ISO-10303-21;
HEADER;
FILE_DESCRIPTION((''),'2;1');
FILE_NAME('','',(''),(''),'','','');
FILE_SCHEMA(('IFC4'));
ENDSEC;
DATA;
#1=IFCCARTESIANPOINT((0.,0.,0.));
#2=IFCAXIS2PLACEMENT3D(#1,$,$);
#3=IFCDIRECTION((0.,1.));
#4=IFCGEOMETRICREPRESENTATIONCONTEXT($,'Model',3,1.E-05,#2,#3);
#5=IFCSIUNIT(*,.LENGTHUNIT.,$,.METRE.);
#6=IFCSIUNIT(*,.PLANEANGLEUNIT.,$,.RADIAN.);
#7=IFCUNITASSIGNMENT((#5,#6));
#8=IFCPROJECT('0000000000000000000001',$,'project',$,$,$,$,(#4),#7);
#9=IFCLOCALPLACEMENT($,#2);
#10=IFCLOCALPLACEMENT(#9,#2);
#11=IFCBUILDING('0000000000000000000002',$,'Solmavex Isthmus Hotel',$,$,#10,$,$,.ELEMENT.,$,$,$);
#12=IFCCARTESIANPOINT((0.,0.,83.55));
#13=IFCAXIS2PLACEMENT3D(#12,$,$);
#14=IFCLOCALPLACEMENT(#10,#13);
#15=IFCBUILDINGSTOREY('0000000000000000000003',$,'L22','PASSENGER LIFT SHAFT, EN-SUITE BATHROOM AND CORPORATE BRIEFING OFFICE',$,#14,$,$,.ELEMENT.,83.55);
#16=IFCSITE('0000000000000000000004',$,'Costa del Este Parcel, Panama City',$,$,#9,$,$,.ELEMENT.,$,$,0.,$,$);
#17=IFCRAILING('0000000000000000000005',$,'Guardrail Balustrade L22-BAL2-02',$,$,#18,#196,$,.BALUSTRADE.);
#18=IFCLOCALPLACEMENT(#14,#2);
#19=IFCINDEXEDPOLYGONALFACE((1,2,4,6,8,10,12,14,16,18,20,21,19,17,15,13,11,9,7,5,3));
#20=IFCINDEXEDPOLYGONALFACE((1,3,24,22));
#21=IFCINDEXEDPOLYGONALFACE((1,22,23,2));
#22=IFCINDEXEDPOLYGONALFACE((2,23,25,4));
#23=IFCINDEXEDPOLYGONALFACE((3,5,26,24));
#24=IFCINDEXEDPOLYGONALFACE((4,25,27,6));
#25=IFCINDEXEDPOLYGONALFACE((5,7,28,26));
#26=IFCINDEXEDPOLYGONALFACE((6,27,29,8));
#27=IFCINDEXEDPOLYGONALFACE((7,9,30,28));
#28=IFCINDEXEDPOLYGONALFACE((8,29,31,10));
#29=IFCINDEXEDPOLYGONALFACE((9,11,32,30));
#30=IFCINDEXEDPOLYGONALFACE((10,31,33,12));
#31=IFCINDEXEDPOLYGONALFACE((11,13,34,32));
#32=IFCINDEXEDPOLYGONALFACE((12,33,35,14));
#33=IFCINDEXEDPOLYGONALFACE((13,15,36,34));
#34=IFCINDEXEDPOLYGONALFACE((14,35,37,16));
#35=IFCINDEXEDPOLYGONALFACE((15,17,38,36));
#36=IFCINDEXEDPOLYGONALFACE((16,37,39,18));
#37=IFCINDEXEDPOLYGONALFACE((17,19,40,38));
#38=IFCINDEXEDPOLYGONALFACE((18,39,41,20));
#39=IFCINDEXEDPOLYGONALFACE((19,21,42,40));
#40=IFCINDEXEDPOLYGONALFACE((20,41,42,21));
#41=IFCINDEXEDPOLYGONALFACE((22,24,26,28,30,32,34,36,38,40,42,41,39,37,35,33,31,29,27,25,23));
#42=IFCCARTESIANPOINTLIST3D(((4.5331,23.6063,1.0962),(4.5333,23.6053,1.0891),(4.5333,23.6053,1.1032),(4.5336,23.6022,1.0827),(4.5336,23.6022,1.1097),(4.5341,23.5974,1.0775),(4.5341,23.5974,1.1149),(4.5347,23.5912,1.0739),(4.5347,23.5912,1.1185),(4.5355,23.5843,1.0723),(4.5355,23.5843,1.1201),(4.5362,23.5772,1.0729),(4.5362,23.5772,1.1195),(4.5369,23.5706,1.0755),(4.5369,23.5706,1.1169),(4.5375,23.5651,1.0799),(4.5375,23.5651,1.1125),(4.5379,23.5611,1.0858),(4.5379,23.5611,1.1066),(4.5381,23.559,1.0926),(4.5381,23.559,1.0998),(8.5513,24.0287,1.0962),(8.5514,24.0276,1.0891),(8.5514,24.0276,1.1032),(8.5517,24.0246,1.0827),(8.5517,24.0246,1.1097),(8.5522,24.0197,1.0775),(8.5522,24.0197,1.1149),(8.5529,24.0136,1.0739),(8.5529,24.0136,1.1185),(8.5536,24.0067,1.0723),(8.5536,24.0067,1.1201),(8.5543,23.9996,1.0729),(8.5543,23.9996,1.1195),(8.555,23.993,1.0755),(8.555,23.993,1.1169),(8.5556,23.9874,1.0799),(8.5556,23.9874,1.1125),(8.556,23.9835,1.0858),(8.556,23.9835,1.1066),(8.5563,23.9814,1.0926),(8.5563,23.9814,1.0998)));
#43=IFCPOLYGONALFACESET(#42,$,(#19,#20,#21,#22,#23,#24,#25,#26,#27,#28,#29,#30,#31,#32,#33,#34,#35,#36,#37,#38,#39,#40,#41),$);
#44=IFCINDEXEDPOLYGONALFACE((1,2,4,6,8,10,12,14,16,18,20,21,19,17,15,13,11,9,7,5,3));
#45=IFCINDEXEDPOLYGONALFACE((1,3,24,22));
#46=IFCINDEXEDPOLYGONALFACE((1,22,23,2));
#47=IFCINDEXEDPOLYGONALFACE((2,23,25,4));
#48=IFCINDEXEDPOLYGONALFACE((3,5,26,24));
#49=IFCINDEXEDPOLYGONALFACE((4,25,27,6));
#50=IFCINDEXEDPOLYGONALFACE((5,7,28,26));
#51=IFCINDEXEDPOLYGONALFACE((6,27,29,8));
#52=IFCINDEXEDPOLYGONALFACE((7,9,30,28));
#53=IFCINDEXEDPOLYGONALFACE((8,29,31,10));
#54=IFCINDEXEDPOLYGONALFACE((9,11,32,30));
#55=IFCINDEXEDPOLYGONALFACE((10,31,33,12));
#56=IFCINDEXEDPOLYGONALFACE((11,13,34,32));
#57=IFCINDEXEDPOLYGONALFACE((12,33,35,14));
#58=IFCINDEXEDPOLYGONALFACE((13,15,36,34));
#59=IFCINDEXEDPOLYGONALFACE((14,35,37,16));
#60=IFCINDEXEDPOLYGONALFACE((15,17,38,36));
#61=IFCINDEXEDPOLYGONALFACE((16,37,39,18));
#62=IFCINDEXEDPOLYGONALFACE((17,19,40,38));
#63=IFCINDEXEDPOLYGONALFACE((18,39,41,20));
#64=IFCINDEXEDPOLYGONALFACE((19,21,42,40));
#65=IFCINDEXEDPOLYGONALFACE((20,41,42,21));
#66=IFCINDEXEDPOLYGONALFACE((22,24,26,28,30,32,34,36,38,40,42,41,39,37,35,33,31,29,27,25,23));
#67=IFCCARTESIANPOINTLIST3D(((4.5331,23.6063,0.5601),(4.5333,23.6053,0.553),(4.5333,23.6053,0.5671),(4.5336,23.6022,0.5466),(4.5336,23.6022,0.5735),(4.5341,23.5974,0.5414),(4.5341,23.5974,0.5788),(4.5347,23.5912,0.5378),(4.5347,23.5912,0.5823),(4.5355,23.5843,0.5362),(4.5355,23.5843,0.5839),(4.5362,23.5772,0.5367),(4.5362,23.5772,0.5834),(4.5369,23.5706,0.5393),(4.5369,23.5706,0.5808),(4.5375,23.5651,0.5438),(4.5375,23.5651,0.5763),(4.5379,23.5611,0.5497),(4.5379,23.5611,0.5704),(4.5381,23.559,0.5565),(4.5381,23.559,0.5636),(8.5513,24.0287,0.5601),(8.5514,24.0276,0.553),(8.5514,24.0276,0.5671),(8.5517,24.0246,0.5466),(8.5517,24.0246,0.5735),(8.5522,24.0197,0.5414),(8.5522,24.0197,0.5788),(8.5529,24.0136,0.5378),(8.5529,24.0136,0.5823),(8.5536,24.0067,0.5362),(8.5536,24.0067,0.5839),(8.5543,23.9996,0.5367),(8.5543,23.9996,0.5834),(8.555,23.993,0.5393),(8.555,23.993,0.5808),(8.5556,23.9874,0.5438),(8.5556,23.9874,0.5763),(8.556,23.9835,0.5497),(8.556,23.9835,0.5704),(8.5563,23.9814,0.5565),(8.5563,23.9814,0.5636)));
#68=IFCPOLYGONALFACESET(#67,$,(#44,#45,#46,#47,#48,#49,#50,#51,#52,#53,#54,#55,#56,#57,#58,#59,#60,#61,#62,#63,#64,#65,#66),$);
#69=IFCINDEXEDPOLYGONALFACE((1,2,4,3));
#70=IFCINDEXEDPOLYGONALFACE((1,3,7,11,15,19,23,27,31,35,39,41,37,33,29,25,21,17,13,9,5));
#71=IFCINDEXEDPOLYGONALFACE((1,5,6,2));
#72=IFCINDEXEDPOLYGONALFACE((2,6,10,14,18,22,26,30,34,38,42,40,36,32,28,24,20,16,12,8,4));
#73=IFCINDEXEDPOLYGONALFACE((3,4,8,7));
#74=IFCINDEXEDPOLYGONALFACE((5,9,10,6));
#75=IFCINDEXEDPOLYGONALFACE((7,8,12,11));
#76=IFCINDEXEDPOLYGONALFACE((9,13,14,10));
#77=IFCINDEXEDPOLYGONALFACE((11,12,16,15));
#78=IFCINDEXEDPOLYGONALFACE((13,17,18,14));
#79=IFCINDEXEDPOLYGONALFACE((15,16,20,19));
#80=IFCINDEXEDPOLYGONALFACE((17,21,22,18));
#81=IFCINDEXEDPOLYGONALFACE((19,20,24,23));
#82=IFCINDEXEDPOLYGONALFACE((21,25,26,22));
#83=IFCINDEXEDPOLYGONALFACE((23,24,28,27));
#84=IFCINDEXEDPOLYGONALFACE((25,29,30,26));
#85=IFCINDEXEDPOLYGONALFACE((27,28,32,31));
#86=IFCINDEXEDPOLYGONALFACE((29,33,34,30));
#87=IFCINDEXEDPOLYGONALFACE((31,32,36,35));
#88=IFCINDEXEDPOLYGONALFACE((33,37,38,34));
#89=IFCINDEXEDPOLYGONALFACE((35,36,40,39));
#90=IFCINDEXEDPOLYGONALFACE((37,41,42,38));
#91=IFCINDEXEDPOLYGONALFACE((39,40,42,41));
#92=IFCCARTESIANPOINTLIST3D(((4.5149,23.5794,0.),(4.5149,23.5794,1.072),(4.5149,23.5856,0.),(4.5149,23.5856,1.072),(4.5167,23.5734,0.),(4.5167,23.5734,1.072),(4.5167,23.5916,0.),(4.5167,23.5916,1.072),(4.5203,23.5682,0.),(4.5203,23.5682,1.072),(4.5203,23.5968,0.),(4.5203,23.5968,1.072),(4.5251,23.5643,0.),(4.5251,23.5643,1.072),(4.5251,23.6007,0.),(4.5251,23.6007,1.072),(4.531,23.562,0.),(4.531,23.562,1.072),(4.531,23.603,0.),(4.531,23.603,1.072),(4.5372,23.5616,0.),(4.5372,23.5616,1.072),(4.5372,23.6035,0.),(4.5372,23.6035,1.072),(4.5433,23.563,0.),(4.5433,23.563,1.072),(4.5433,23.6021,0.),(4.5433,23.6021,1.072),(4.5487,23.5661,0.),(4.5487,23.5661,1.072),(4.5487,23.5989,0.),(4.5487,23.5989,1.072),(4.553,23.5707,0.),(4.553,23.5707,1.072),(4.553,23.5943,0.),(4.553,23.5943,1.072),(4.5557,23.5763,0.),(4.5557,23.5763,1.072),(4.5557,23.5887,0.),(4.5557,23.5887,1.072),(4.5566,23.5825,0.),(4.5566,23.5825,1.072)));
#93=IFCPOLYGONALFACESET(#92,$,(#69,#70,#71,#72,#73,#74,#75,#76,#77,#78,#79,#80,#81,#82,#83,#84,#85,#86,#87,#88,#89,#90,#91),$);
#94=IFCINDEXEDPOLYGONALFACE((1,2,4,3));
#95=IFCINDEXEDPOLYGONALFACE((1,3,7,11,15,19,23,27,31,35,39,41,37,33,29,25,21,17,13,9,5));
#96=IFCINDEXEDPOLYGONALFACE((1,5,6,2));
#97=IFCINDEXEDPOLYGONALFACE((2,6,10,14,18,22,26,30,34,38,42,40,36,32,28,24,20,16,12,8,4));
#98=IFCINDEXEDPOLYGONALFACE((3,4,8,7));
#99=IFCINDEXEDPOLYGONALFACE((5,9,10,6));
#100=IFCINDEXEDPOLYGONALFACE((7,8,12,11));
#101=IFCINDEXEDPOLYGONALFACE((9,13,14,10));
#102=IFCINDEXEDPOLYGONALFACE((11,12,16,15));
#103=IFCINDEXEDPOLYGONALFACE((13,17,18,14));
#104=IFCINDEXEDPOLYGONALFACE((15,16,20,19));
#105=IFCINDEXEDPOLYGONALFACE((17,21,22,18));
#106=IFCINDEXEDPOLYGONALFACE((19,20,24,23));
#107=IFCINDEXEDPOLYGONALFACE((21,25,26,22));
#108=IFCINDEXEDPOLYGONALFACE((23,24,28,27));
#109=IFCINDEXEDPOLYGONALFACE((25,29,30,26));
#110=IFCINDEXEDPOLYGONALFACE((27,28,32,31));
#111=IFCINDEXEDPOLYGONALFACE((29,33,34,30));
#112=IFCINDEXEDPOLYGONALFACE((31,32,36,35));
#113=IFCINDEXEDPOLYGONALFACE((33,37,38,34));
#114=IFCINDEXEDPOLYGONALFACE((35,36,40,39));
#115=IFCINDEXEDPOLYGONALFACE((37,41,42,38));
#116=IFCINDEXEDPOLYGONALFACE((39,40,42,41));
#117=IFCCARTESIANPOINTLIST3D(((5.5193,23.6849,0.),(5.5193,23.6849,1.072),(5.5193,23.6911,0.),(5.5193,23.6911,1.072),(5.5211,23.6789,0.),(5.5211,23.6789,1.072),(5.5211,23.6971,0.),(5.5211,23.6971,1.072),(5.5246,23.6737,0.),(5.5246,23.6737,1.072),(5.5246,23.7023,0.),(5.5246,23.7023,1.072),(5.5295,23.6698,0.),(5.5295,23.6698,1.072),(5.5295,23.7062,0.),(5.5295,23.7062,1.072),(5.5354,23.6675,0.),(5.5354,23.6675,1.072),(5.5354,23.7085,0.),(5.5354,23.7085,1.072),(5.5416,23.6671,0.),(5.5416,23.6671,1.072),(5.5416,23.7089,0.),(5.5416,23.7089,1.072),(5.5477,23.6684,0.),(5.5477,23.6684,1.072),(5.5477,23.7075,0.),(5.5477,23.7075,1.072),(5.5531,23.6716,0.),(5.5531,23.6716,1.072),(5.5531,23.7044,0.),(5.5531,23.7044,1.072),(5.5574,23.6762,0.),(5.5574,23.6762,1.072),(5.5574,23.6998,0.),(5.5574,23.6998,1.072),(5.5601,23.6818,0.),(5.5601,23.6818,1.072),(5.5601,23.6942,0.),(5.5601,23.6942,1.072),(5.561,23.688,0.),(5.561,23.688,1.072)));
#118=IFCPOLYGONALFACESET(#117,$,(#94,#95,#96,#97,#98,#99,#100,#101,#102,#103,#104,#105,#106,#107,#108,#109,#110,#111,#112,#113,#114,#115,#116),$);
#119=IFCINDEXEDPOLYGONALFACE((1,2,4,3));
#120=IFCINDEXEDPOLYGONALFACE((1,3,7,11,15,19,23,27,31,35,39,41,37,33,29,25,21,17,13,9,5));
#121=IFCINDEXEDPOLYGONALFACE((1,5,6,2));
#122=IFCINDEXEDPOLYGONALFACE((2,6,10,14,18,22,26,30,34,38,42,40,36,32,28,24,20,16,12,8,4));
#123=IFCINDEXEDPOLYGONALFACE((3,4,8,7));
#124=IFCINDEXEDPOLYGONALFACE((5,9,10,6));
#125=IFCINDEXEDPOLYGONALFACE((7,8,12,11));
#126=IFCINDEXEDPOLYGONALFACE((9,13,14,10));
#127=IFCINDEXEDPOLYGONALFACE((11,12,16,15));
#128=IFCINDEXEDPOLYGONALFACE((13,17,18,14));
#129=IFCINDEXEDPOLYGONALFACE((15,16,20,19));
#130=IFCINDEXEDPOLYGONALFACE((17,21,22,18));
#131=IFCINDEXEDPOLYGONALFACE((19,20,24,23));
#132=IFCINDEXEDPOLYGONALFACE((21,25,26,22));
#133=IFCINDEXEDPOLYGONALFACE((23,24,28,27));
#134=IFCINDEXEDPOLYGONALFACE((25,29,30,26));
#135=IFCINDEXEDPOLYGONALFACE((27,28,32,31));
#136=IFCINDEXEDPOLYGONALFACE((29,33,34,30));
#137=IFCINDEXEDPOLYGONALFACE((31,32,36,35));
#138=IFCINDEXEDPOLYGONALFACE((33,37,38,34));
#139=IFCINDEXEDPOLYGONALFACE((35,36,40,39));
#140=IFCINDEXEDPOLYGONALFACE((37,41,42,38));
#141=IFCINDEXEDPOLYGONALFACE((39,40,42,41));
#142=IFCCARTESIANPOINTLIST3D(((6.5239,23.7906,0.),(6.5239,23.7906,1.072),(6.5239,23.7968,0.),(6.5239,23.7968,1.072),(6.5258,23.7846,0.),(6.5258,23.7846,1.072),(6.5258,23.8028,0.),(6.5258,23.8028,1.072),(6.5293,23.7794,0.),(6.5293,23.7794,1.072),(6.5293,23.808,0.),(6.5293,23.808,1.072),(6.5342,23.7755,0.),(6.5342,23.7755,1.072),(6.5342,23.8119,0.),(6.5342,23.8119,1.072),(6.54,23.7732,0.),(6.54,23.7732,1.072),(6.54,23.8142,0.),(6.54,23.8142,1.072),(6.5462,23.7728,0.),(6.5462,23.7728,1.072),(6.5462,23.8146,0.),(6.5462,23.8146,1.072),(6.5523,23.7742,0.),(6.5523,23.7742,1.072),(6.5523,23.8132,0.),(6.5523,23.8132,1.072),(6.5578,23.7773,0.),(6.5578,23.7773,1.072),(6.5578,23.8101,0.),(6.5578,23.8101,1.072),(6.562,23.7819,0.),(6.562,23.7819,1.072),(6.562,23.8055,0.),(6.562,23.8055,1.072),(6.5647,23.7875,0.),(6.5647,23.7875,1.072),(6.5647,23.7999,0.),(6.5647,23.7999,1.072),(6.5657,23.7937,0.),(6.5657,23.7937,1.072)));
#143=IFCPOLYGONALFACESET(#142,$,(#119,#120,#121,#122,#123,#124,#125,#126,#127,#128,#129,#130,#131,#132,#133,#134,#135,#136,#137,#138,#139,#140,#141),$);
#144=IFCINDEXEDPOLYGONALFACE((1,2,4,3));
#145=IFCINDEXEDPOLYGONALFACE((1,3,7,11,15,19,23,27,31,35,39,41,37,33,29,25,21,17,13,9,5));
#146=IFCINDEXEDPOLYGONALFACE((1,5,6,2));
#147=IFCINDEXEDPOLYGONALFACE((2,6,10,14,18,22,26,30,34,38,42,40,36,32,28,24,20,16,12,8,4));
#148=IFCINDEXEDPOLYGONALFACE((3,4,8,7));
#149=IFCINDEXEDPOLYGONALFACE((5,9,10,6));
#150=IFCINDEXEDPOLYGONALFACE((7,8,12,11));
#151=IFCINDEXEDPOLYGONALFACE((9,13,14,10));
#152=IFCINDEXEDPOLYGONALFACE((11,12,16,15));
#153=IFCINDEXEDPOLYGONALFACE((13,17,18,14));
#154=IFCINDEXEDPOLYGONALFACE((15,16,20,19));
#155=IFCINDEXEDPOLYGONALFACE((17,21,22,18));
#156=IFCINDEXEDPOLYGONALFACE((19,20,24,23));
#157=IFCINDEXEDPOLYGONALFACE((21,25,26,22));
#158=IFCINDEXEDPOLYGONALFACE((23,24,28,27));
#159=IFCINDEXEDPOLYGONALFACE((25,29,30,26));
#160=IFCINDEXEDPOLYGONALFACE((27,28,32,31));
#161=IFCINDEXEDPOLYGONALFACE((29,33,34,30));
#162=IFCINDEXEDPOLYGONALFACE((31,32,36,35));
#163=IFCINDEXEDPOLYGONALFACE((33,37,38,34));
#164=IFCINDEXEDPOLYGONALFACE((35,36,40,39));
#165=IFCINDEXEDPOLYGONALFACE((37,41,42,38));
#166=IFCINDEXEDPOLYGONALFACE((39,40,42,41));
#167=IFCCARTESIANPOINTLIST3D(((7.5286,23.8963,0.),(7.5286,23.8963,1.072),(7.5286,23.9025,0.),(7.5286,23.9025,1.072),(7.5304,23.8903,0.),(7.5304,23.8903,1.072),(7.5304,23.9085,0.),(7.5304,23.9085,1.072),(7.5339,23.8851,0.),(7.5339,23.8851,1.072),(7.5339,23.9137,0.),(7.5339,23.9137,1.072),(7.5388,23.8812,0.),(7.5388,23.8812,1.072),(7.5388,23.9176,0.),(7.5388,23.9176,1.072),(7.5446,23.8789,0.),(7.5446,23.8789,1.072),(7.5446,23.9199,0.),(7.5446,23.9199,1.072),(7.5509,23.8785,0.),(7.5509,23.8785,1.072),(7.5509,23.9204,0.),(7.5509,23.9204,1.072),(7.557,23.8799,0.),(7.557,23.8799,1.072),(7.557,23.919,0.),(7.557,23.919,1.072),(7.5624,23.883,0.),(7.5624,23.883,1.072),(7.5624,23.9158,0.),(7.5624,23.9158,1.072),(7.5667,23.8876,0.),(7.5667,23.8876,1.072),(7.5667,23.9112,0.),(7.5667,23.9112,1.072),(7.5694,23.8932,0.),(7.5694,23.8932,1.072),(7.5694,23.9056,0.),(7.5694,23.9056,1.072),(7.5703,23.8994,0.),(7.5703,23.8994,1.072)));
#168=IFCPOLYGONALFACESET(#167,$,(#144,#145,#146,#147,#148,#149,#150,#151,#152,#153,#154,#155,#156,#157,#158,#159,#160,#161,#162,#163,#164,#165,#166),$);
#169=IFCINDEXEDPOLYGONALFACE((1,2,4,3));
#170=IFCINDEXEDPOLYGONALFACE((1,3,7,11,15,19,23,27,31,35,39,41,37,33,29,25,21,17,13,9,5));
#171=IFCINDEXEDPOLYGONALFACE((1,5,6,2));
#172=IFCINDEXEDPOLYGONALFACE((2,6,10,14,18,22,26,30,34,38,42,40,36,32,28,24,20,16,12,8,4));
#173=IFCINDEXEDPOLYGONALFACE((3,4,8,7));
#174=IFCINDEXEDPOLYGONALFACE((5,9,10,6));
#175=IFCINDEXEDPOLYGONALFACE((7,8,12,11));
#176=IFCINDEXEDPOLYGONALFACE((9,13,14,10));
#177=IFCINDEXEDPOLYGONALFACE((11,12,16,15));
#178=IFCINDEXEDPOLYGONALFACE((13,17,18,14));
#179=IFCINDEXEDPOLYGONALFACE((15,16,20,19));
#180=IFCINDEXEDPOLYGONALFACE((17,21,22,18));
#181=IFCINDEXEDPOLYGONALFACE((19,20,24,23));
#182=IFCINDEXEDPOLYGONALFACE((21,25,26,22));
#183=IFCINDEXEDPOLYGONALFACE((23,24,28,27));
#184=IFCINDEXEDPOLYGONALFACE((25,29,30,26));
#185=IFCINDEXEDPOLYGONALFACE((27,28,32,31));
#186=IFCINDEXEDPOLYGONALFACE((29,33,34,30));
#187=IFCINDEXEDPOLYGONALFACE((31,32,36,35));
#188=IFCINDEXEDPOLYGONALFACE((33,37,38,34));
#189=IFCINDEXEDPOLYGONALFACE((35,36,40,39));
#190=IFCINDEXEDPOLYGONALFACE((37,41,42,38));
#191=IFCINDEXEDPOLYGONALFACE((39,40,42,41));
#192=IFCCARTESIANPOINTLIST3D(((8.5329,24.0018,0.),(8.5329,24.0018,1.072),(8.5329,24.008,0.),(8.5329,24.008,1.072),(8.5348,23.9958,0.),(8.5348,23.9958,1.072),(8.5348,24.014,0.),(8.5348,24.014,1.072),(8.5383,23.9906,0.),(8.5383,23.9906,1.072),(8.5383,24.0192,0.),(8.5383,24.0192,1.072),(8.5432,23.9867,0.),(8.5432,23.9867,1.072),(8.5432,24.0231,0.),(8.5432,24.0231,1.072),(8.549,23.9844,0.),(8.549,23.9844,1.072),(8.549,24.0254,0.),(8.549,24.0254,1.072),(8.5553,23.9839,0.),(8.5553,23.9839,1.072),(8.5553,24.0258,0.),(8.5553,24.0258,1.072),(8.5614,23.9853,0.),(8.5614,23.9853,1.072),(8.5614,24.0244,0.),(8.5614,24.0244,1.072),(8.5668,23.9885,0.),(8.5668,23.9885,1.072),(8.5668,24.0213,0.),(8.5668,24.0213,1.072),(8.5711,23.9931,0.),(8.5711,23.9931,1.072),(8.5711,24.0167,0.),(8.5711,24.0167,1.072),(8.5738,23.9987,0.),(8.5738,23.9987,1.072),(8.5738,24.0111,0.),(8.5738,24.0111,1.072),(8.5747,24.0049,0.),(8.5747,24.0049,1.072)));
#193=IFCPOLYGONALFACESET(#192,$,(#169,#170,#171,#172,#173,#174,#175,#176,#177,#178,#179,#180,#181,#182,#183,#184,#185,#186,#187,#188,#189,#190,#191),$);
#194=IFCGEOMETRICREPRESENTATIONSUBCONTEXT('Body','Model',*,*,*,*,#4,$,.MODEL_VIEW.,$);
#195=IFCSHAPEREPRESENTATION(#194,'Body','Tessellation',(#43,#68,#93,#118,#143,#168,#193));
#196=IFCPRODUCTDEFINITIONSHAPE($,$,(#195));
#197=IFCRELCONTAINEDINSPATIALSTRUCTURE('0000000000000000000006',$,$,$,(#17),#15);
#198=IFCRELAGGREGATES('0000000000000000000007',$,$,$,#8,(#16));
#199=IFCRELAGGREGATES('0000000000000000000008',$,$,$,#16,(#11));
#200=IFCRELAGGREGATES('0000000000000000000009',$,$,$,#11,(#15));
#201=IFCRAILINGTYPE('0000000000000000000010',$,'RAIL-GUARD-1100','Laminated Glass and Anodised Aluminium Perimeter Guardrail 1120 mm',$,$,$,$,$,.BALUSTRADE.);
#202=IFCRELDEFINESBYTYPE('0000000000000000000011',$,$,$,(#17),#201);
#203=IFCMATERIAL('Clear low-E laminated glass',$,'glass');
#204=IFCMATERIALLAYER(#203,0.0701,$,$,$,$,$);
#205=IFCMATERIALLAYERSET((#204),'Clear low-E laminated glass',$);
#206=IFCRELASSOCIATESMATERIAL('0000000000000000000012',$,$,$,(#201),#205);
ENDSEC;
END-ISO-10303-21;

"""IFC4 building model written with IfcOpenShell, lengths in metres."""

from ifc_helpers import new_model, si_unit, direction, frame, origin, origin_2d, place, context, subcontext, project, spatial, circle, extrude, material, layer, layer_set, type_object, element, save


model = new_model("IFC4")

# Units and contexts
model_context = context("Model", 3, precision=1e-05, world=origin(), true_north=direction((0.0, 1.0)))
body_context = subcontext(model_context, "Body", "Model", "MODEL_VIEW")
ifc_project = project(units=[si_unit("LENGTHUNIT", "METRE"), si_unit("PLANEANGLEUNIT", "RADIAN")], contexts=[model_context])

# Site, building, storey
site_placement = place(None, origin())
site = spatial("IfcSite", under=ifc_project, at=site_placement, Name="Costa del Este Parcel, Panama City", CompositionType="ELEMENT", RefElevation=0.0)
building_placement = place(site_placement, origin())
building = spatial("IfcBuilding", under=site, at=building_placement, Name="Solmavex Isthmus Hotel", CompositionType="ELEMENT")
storey_placement = place(building_placement, frame((0.0, 0.0, 83.55)))
storey = spatial("IfcBuildingStorey", under=building, at=storey_placement, Name="L22", Description="PASSENGER LIFT SHAFT, EN-SUITE BATHROOM AND CORPORATE BRIEFING OFFICE", CompositionType="ELEMENT", Elevation=83.55)

# Shared definitions
ifc_material_1 = material(Name="Clear low-E laminated glass", Category="glass")

# Railing
ifc_layer_1 = layer(ifc_material_1, 0.0701)
ifc_layer_set_1 = layer_set([ifc_layer_1], Name="Clear low-E laminated glass")
railing_type = type_object("IfcRailingType", Name="RAIL-GUARD-1100", Description="Laminated Glass and Anodised Aluminium Perimeter Guardrail 1120 mm", PredefinedType="BALUSTRADE", material=ifc_layer_set_1)
railing_1_placement = place(storey_placement, frame((4.5356, 23.5825, 0.0)))
element("IfcRailing", 1, at=railing_1_placement, inside=storey, type_object=railing_type, Name="Guardrail Balustrade L22-BAL2-02", PredefinedType="BALUSTRADE", context=body_context, shape_type="SweptSolid", body=[
    extrude(circle(Radius=0.0239, at=origin_2d()), frame((0.0, 0.0, 1.0962), z_axis=(0.994521, 0.10454, 0.0), x_axis=(-0.10454, 0.994521, 0.0)), (0.0, 0.0, 1.0), 4.0403),
    extrude(circle(Radius=0.0239, at=origin_2d()), frame((0.0, 0.0, 0.5601), z_axis=(0.994521, 0.10454, 0.0), x_axis=(-0.10454, 0.994521, 0.0)), (0.0, 0.0, 1.0), 4.0403),
    extrude(circle(Radius=0.021, at=origin_2d()), origin(), (0.0, 0.0, 1.0), 1.072),
    extrude(circle(Radius=0.021, at=origin_2d()), frame((1.0044, 0.1055, 0.0)), (0.0, 0.0, 1.0), 1.072),
    extrude(circle(Radius=0.021, at=origin_2d()), frame((2.009, 0.2112, 0.0)), (0.0, 0.0, 1.0), 1.072),
    extrude(circle(Radius=0.021, at=origin_2d()), frame((3.0137, 0.3169, 0.0)), (0.0, 0.0, 1.0), 1.072),
    extrude(circle(Radius=0.021, at=origin_2d()), frame((4.0181, 0.4224, 0.0)), (0.0, 0.0, 1.0), 1.072),
])

save(model, "model.ifc")
